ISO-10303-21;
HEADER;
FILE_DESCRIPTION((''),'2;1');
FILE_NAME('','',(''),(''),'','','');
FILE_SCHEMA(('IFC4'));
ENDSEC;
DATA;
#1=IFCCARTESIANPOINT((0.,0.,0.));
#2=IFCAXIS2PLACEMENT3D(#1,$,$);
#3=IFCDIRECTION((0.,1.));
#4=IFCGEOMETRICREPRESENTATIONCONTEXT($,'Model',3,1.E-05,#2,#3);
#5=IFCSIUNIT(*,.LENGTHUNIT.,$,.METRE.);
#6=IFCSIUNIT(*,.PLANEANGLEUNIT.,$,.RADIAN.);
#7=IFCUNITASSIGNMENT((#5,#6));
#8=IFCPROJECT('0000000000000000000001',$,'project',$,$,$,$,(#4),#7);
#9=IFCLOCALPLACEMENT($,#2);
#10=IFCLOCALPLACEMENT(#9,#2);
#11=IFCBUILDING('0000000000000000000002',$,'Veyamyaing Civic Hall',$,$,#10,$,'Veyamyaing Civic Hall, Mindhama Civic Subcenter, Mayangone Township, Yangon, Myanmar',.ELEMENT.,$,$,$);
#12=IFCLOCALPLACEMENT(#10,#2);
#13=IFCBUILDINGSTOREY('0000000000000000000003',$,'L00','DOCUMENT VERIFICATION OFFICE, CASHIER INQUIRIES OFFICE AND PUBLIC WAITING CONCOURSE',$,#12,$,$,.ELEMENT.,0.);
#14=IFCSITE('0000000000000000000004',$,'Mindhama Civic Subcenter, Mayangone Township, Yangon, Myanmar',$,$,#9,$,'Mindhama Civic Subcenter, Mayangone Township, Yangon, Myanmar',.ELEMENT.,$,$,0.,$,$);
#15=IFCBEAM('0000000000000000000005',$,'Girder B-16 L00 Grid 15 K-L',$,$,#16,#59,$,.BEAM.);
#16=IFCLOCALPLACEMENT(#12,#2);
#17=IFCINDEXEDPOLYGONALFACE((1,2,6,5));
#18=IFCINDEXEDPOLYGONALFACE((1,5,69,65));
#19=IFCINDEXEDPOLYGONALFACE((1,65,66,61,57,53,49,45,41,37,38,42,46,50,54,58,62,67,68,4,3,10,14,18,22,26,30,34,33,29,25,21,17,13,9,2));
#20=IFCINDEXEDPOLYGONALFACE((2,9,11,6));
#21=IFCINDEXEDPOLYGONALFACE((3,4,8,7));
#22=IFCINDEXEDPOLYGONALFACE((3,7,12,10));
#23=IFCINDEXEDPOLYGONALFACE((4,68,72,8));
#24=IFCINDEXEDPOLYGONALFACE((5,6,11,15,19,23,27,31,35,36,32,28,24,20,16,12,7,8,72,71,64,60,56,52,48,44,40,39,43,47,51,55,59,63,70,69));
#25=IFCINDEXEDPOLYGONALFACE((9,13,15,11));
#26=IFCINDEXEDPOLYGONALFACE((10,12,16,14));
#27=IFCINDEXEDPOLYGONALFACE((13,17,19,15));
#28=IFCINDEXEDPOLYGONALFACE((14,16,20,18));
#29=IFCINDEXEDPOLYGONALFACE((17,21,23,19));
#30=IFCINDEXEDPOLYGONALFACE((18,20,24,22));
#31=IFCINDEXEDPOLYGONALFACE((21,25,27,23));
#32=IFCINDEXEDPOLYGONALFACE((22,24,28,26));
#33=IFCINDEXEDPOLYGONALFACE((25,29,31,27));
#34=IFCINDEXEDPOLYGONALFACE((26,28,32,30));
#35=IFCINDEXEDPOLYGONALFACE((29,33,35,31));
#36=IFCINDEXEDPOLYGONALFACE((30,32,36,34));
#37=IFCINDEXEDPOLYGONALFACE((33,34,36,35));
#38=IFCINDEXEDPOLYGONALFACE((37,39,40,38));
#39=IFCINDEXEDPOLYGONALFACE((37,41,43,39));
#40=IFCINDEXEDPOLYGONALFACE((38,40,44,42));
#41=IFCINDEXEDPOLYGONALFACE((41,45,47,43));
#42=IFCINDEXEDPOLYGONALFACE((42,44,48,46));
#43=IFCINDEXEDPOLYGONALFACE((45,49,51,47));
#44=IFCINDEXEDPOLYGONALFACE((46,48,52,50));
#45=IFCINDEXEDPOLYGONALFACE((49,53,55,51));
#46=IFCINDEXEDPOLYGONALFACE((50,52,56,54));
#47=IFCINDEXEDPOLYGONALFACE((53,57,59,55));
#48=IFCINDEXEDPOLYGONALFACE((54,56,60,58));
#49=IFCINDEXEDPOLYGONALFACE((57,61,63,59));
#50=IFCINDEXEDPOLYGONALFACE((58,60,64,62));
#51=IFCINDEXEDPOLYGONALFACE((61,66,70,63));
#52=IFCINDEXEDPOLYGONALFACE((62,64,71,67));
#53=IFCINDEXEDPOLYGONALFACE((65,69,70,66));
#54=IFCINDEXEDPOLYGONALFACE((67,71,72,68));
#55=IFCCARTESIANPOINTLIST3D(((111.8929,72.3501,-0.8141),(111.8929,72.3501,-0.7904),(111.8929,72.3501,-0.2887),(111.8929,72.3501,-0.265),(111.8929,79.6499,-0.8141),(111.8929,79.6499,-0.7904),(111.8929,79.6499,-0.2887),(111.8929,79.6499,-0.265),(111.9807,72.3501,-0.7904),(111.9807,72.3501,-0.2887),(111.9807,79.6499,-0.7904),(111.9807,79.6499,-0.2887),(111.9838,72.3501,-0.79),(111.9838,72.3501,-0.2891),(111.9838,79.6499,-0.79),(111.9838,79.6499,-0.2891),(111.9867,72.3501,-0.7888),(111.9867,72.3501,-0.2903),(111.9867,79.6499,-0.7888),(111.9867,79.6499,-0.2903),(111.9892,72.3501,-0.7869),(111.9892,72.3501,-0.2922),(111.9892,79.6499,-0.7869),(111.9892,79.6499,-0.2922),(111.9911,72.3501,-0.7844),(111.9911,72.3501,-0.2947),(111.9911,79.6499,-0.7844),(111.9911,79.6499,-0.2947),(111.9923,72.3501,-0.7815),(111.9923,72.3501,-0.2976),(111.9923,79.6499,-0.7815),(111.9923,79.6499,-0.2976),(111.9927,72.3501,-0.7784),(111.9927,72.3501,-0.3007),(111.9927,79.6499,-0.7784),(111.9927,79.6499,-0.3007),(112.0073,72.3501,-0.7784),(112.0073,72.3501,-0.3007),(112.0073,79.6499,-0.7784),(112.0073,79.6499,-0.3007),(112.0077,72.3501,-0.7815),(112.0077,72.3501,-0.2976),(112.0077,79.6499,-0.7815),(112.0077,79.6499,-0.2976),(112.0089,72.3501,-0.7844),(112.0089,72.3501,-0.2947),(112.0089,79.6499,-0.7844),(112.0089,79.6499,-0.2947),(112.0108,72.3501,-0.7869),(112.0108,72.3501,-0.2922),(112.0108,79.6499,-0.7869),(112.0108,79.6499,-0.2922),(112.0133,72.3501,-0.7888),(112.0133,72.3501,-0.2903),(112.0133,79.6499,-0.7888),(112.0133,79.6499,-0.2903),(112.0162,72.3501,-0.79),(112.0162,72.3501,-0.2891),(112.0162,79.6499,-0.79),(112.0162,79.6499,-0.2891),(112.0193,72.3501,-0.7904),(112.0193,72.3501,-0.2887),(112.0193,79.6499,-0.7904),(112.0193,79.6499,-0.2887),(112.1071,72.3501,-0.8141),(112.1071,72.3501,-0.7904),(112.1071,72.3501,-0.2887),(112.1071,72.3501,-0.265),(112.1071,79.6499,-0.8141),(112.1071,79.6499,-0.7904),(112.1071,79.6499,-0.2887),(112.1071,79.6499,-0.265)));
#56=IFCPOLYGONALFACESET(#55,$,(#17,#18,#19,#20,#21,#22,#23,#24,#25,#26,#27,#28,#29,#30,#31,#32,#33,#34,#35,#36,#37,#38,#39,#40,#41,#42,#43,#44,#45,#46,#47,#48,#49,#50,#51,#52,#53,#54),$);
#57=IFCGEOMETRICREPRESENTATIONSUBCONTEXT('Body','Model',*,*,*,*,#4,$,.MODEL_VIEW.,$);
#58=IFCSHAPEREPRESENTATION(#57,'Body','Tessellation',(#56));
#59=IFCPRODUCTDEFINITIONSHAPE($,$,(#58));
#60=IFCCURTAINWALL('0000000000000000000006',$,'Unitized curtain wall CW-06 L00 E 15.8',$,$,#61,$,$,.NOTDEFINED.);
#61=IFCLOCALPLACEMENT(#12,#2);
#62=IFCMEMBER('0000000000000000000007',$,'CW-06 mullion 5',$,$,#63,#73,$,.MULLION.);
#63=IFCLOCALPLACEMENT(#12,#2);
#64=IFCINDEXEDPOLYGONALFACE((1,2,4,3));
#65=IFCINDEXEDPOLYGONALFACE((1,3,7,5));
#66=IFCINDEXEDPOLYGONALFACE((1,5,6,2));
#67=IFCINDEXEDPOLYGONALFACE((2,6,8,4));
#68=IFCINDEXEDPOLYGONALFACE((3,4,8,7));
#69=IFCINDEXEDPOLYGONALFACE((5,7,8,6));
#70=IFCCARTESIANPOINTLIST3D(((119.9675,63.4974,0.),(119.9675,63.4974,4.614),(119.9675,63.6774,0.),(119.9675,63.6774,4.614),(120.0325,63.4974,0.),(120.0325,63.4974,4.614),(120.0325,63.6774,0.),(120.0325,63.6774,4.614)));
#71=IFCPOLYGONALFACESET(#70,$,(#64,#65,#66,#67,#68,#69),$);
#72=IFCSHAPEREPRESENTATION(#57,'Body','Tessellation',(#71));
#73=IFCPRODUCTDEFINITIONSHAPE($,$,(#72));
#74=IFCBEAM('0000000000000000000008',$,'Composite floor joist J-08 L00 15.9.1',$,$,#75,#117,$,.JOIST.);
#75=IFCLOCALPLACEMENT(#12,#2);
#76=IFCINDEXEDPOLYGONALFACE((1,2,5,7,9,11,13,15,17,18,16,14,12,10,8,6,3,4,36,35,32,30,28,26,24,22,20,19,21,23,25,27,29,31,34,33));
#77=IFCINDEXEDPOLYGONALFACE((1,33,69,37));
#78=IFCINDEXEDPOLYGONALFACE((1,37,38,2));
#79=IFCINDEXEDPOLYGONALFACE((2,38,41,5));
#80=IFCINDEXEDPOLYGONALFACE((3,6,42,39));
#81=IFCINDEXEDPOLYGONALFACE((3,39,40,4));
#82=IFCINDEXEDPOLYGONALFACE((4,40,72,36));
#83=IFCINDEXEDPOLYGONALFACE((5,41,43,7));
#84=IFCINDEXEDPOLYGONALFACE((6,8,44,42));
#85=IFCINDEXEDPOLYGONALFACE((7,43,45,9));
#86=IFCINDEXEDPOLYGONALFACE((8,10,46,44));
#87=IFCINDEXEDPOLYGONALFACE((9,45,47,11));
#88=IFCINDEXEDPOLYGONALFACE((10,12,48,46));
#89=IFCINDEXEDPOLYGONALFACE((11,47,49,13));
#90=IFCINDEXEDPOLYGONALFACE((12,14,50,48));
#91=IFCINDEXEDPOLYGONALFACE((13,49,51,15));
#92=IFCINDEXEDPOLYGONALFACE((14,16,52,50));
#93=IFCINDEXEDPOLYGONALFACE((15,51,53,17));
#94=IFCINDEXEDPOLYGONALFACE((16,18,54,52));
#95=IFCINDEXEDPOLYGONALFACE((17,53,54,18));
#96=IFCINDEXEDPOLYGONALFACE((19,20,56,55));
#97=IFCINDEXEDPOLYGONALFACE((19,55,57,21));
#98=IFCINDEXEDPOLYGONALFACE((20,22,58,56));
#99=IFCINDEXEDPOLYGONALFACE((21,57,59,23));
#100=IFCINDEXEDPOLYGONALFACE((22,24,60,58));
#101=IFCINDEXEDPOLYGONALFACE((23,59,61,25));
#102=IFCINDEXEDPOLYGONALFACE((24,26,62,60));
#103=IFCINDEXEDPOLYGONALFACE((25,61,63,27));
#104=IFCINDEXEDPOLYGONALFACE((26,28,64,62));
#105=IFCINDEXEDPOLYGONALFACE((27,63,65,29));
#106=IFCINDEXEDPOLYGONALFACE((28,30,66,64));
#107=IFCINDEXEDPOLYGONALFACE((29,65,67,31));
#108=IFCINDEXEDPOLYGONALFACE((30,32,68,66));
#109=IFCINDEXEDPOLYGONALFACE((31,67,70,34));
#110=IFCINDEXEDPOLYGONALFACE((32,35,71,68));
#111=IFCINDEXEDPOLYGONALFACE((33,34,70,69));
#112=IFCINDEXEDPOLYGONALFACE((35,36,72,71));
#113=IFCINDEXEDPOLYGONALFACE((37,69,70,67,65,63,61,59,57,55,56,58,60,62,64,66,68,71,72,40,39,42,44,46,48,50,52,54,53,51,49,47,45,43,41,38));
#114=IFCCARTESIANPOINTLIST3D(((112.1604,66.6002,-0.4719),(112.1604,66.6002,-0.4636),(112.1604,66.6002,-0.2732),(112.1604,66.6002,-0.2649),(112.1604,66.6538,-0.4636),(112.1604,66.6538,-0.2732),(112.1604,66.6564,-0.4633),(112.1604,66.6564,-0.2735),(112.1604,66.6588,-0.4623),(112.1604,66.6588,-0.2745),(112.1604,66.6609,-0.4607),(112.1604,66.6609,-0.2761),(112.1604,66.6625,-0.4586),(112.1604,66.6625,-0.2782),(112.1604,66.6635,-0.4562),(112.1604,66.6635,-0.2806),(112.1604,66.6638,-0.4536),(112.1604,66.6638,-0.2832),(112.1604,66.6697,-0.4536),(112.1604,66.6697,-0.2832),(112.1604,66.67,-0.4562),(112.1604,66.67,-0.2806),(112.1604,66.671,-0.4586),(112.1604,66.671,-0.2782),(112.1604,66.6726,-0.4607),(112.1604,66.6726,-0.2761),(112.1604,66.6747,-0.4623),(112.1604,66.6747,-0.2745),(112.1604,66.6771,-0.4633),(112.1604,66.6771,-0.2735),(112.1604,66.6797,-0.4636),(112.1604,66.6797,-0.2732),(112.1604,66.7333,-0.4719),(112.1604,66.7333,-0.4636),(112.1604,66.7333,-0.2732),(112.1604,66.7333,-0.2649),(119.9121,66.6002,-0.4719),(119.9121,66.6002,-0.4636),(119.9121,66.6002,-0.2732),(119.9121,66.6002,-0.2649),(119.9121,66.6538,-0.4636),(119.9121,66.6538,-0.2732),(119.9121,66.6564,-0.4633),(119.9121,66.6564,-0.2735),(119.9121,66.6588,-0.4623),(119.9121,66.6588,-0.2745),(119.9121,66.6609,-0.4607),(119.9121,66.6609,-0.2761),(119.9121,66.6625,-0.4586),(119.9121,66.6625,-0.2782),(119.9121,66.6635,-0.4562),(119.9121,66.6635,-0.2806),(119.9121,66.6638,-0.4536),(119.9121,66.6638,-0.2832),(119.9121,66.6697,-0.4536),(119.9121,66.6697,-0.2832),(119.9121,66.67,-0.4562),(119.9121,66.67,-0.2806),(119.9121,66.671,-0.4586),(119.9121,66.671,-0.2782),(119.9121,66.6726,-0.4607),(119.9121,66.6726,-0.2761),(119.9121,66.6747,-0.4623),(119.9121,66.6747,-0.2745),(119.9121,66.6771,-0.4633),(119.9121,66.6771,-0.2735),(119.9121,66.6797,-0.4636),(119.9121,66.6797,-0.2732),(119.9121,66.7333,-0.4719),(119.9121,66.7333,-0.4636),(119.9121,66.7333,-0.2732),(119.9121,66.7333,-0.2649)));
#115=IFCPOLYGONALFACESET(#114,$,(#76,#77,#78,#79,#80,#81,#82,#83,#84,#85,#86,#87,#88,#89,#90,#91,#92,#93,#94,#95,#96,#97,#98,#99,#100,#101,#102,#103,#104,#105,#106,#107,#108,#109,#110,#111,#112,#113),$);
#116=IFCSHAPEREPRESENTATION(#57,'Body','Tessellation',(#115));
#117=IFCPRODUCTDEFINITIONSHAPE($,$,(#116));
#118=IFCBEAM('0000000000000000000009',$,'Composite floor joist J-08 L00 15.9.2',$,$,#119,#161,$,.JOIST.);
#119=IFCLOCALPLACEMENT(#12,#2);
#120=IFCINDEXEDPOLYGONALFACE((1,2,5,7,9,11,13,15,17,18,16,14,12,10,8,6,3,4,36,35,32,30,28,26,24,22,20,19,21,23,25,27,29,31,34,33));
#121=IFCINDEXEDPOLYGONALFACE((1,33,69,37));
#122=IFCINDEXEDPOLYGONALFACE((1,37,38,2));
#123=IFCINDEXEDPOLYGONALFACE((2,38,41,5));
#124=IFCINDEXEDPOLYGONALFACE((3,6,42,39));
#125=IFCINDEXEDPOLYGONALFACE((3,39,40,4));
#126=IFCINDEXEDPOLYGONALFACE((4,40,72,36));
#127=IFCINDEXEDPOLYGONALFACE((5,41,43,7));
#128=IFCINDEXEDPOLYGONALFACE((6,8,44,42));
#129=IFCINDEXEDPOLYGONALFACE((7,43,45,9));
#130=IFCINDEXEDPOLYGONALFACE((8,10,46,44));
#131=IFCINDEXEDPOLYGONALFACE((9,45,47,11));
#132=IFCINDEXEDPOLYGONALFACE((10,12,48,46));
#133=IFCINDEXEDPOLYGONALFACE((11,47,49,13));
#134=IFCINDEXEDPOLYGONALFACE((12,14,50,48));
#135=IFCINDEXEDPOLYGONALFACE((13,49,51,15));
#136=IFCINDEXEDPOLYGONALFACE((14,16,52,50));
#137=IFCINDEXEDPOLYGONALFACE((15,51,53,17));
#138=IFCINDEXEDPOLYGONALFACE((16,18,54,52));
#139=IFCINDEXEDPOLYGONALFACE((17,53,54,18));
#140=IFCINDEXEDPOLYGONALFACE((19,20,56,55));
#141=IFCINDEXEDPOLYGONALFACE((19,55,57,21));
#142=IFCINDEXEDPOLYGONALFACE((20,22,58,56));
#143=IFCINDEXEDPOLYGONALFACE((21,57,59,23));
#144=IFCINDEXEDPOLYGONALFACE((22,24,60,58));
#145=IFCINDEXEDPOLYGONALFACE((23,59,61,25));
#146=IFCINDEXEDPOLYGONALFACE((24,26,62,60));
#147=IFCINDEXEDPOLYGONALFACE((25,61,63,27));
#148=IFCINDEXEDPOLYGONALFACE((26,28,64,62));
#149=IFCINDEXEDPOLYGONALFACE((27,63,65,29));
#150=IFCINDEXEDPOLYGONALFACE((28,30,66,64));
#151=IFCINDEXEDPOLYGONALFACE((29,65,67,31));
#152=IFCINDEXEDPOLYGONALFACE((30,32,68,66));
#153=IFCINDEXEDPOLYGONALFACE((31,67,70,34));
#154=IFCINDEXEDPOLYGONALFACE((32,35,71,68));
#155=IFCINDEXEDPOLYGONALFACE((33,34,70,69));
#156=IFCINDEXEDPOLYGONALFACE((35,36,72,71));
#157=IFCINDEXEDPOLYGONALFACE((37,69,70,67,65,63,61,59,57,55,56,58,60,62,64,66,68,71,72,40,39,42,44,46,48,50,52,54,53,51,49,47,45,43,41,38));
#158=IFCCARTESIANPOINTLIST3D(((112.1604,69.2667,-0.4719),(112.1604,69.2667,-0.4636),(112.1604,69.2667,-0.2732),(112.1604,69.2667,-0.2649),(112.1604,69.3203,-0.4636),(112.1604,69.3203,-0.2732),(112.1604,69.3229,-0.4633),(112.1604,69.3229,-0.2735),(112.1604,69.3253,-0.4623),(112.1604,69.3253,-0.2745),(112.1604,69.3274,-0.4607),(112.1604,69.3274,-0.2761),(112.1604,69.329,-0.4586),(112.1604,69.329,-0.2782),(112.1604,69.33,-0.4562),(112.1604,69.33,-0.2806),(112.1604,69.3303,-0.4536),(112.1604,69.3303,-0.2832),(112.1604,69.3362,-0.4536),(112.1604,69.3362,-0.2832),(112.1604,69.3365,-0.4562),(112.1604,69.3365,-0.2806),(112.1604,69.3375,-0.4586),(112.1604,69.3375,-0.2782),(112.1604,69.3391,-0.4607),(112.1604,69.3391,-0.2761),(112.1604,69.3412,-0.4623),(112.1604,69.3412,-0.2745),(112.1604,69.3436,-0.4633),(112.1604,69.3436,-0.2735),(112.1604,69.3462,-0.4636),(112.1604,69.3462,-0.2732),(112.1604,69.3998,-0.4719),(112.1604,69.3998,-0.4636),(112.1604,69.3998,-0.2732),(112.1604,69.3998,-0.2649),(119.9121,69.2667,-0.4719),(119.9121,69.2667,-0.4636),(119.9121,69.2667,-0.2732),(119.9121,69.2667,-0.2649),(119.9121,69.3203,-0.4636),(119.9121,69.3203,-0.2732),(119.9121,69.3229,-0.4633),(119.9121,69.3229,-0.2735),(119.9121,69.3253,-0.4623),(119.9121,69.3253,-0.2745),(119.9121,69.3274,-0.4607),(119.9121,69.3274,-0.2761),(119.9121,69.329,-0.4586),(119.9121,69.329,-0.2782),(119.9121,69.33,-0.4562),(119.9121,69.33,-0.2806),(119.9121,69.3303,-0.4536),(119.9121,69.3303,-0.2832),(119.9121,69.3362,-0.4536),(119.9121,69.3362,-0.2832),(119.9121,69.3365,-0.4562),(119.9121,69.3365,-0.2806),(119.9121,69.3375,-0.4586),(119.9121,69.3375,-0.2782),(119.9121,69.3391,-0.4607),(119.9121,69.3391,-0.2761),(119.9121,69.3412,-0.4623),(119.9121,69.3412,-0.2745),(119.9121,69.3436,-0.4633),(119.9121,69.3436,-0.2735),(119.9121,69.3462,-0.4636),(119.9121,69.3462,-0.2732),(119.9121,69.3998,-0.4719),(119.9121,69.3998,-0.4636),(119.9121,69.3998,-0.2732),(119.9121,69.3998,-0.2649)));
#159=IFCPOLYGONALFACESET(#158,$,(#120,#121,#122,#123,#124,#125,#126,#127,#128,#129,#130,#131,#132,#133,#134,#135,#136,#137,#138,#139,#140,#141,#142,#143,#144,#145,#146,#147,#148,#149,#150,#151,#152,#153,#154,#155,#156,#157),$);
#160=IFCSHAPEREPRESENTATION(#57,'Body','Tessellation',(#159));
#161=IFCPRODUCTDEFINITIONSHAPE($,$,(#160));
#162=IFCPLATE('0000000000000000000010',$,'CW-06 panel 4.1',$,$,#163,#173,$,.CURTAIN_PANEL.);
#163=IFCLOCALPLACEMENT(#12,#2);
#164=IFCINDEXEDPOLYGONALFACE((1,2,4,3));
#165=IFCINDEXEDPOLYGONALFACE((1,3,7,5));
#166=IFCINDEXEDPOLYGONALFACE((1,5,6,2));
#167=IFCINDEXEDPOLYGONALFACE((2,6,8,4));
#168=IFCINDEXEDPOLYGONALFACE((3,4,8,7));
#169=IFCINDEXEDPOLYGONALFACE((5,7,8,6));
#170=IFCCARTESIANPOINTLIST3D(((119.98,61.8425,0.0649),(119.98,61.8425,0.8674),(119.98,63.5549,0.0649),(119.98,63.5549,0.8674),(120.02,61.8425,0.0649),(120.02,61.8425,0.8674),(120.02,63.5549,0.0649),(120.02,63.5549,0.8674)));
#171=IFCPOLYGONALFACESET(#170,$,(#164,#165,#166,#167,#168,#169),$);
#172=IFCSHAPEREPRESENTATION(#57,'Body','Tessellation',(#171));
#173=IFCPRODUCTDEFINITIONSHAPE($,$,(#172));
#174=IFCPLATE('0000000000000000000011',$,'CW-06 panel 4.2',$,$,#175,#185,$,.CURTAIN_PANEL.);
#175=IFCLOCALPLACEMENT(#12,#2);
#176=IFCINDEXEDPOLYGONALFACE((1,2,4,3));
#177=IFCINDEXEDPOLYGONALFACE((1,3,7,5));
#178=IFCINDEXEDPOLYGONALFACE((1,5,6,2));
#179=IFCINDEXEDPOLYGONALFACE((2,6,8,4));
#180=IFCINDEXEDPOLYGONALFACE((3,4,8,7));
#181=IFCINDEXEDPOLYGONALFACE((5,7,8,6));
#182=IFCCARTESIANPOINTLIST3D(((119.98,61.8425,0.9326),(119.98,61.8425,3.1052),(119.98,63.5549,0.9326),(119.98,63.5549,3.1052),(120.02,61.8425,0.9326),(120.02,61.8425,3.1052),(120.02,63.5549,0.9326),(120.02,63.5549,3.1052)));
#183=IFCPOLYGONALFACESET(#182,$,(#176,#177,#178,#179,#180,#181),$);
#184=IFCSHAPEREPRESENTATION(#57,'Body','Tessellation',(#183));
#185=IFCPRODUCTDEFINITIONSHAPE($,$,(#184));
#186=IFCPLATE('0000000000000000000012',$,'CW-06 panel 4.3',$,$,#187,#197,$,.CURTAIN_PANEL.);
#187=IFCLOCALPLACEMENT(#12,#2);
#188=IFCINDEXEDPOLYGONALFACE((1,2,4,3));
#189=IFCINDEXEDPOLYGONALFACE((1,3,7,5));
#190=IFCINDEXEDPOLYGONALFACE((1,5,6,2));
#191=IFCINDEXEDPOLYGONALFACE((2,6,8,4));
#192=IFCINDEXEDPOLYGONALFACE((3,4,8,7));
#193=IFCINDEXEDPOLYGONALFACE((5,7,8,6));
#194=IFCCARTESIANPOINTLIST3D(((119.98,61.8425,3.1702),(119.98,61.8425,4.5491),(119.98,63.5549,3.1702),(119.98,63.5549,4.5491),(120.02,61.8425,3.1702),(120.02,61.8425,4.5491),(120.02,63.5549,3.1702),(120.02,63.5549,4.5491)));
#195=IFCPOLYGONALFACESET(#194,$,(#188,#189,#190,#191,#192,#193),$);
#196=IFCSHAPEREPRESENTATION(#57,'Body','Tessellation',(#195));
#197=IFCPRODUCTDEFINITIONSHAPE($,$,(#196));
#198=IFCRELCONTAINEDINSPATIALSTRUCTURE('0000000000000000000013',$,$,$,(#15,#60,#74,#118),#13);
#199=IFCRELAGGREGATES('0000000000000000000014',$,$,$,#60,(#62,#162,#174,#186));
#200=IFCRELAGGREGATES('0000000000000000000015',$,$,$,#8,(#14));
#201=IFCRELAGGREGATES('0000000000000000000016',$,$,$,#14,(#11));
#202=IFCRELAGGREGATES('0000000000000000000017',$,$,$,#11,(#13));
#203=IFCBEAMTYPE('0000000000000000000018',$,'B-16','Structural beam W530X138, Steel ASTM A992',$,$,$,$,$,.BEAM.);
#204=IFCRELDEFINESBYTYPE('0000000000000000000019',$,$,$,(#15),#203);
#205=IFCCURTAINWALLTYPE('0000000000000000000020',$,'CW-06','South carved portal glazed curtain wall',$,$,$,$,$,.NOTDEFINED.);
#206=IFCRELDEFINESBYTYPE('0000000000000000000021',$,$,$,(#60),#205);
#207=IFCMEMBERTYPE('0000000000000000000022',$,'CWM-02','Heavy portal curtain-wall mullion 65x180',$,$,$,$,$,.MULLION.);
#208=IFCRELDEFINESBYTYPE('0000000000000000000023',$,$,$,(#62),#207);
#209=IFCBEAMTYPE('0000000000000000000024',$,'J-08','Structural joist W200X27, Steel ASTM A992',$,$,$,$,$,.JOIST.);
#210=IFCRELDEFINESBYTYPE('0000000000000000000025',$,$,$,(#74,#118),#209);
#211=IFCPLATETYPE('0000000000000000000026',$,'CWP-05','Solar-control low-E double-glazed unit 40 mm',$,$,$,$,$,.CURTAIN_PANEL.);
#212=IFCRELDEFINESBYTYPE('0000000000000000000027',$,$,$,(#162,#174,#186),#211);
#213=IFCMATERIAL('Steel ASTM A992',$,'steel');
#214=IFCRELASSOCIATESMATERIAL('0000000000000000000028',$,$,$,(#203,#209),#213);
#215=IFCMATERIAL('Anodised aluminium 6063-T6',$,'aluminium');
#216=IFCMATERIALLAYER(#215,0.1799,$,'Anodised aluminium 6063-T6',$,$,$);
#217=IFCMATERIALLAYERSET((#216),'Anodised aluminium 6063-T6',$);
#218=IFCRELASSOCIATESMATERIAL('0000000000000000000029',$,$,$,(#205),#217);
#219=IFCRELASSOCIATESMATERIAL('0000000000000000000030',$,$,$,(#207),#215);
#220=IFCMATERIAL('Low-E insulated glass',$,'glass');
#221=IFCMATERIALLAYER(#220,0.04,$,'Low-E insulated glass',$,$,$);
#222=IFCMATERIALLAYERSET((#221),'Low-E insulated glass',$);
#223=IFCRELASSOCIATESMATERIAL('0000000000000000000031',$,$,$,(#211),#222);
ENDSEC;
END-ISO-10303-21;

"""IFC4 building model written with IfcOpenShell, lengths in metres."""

from ifc_helpers import new_model, si_unit, direction, frame, origin, origin_2d, place, context, subcontext, project, spatial, rectangle, i_section, extrude, material, layer, layer_set, material_profile, profile_set, type_object, element, aggregate, save


model = new_model("IFC4")

# Units and contexts
model_context = context("Model", 3, precision=1e-05, world=origin(), true_north=direction((0.0, 1.0)))
body_context = subcontext(model_context, "Body", "Model", "MODEL_VIEW")
ifc_project = project(units=[si_unit("LENGTHUNIT", "METRE"), si_unit("PLANEANGLEUNIT", "RADIAN")], contexts=[model_context])

# Site, building, storey
site_placement = place(None, origin())
site = spatial("IfcSite", under=ifc_project, at=site_placement, Name="Mindhama Civic Subcenter, Mayangone Township, Yangon, Myanmar", LongName="Mindhama Civic Subcenter, Mayangone Township, Yangon, Myanmar", CompositionType="ELEMENT", RefElevation=0.0)
building_placement = place(site_placement, origin())
building = spatial("IfcBuilding", under=site, at=building_placement, Name="Veyamyaing Civic Hall", LongName="Veyamyaing Civic Hall, Mindhama Civic Subcenter, Mayangone Township, Yangon, Myanmar", CompositionType="ELEMENT")
storey_placement = place(building_placement, origin())
storey = spatial("IfcBuildingStorey", under=building, at=storey_placement, Name="L00", Description="DOCUMENT VERIFICATION OFFICE, CASHIER INQUIRIES OFFICE AND PUBLIC WAITING CONCOURSE", CompositionType="ELEMENT", Elevation=0.0)

# Beam
ifc_material_1 = material(Name="Steel ASTM A992", Category="steel")
ifc_material_profile_1 = material_profile(ifc_material_1, i_section(OverallWidth=0.2141, OverallDepth=0.5491, WebThickness=0.0146, FlangeThickness=0.0237, FilletRadius=0.012, at=origin_2d()), Name="W530X138")
ifc_profile_set_1 = profile_set([ifc_material_profile_1], Name="Steel ASTM A992")
beam_type_1 = type_object("IfcBeamType", Name="B-16", Description="Structural beam W530X138, Steel ASTM A992", PredefinedType="BEAM", material=ifc_profile_set_1)
beam_1_placement = place(storey_placement, frame((112.0, 72.3501, -0.5396), z_axis=(0.0, 1.0, 0.0), x_axis=(-1.0, 0.0, 0.0)))
element("IfcBeam", 1, at=beam_1_placement, inside=storey, type_object=beam_type_1, Name="Girder B-16 L00 Grid 15 K-L", PredefinedType="BEAM", context=body_context, shape_type="SweptSolid", body=[
    extrude(i_section(OverallWidth=0.2141, OverallDepth=0.5491, WebThickness=0.0146, FlangeThickness=0.0237, FilletRadius=0.012, at=origin_2d()), origin(), (0.0, 0.0, 1.0), 7.2998),
])

# Curtain wall, member
ifc_material_2 = material(Name="Anodised aluminium 6063-T6", Category="aluminium")
ifc_layer_1 = layer(ifc_material_2, 0.1799, Name="Anodised aluminium 6063-T6")
ifc_layer_set_1 = layer_set([ifc_layer_1], Name="Anodised aluminium 6063-T6")
curtain_wall_type = type_object("IfcCurtainWallType", Name="CW-06", Description="South carved portal glazed curtain wall", PredefinedType="NOTDEFINED", material=ifc_layer_set_1)
curtain_wall_placement = place(storey_placement, origin())
curtain_wall = element("IfcCurtainWall", 2, at=curtain_wall_placement, inside=storey, type_object=curtain_wall_type, Name="Unitized curtain wall CW-06 L00 E 15.8", PredefinedType="NOTDEFINED")
ifc_material_profile_2 = material_profile(ifc_material_2, rectangle(XDim=0.0649, YDim=0.1799, at=origin_2d()), Name="ALU-MUL-65X180")
ifc_profile_set_2 = profile_set([ifc_material_profile_2], Name="Anodised aluminium 6063-T6")
member_type = type_object("IfcMemberType", Name="CWM-02", Description="Heavy portal curtain-wall mullion 65x180", PredefinedType="MULLION", material=ifc_profile_set_2)
member_placement = place(storey_placement, frame((120.0, 63.5874, 0.0), z_axis=(0.0, 0.0, 1.0), x_axis=(-1.0, 0.0, 0.0)))
member = element("IfcMember", 3, at=member_placement, type_object=member_type, Name="CW-06 mullion 5", PredefinedType="MULLION", context=body_context, shape_type="SweptSolid", body=[
    extrude(rectangle(XDim=0.0649, YDim=0.1799, at=origin_2d()), origin(), (0.0, 0.0, 1.0), 4.614),
])

# Beams
ifc_material_profile_3 = material_profile(ifc_material_1, i_section(OverallWidth=0.1331, OverallDepth=0.207, WebThickness=0.0059, FlangeThickness=0.0083, FilletRadius=0.01, at=origin_2d()), Name="W200X27")
ifc_profile_set_3 = profile_set([ifc_material_profile_3], Name="Steel ASTM A992")
beam_type_2 = type_object("IfcBeamType", Name="J-08", Description="Structural joist W200X27, Steel ASTM A992", PredefinedType="JOIST", material=ifc_profile_set_3)
for number, where, z_axis, x_axis, name in (
    (4, (112.1604, 66.6667, -0.3684), (1.0, 0.0, 0.0), (0.0, 1.0, 0.0), "Composite floor joist J-08 L00 15.9.1"),
    (5, (112.1604, 69.3333, -0.3684), (1.0, 0.0, 0.0), (0.0, 1.0, 0.0), "Composite floor joist J-08 L00 15.9.2"),
):
    element("IfcBeam", number, at=place(storey_placement, frame(where, z_axis=z_axis, x_axis=x_axis)), inside=storey, type_object=beam_type_2, Name=name, PredefinedType="JOIST", context=body_context, shape_type="SweptSolid", body=[
        extrude(i_section(OverallWidth=0.1331, OverallDepth=0.207, WebThickness=0.0059, FlangeThickness=0.0083, FilletRadius=0.01, at=origin_2d()), origin(), (0.0, 0.0, 1.0), 7.7517),
    ])

# Plates
ifc_material_3 = material(Name="Low-E insulated glass", Category="glass")
ifc_layer_2 = layer(ifc_material_3, 0.04, Name="Low-E insulated glass")
ifc_layer_set_2 = layer_set([ifc_layer_2], Name="Low-E insulated glass")
plate_type = type_object("IfcPlateType", Name="CWP-05", Description="Solar-control low-E double-glazed unit 40 mm", PredefinedType="CURTAIN_PANEL", material=ifc_layer_set_2)
plate_1_placement = place(storey_placement, frame((120.0, 62.6987, 0.0649), z_axis=(0.0, 0.0, 1.0), x_axis=(0.0, 1.0, 0.0)))
plate_1 = element("IfcPlate", 6, at=plate_1_placement, type_object=plate_type, Name="CW-06 panel 4.1", PredefinedType="CURTAIN_PANEL", context=body_context, shape_type="SweptSolid", body=[
    extrude(rectangle(XDim=1.7124, YDim=0.04, at=origin_2d()), origin(), (0.0, 0.0, 1.0), 0.8025),
])
plate_2_placement = place(storey_placement, frame((120.0, 62.6987, 0.9326), z_axis=(0.0, 0.0, 1.0), x_axis=(0.0, 1.0, 0.0)))
plate_2 = element("IfcPlate", 7, at=plate_2_placement, type_object=plate_type, Name="CW-06 panel 4.2", PredefinedType="CURTAIN_PANEL", context=body_context, shape_type="SweptSolid", body=[
    extrude(rectangle(XDim=1.7124, YDim=0.04, at=origin_2d()), origin(), (0.0, 0.0, 1.0), 2.1726),
])
plate_3_placement = place(storey_placement, frame((120.0, 62.6987, 3.1702), z_axis=(0.0, 0.0, 1.0), x_axis=(0.0, 1.0, 0.0)))
plate_3 = element("IfcPlate", 8, at=plate_3_placement, type_object=plate_type, Name="CW-06 panel 4.3", PredefinedType="CURTAIN_PANEL", context=body_context, shape_type="SweptSolid", body=[
    extrude(rectangle(XDim=1.7124, YDim=0.04, at=origin_2d()), origin(), (0.0, 0.0, 1.0), 1.3789),
])
aggregate(curtain_wall, [member, plate_1, plate_2, plate_3])

save(model, "model.ifc")
